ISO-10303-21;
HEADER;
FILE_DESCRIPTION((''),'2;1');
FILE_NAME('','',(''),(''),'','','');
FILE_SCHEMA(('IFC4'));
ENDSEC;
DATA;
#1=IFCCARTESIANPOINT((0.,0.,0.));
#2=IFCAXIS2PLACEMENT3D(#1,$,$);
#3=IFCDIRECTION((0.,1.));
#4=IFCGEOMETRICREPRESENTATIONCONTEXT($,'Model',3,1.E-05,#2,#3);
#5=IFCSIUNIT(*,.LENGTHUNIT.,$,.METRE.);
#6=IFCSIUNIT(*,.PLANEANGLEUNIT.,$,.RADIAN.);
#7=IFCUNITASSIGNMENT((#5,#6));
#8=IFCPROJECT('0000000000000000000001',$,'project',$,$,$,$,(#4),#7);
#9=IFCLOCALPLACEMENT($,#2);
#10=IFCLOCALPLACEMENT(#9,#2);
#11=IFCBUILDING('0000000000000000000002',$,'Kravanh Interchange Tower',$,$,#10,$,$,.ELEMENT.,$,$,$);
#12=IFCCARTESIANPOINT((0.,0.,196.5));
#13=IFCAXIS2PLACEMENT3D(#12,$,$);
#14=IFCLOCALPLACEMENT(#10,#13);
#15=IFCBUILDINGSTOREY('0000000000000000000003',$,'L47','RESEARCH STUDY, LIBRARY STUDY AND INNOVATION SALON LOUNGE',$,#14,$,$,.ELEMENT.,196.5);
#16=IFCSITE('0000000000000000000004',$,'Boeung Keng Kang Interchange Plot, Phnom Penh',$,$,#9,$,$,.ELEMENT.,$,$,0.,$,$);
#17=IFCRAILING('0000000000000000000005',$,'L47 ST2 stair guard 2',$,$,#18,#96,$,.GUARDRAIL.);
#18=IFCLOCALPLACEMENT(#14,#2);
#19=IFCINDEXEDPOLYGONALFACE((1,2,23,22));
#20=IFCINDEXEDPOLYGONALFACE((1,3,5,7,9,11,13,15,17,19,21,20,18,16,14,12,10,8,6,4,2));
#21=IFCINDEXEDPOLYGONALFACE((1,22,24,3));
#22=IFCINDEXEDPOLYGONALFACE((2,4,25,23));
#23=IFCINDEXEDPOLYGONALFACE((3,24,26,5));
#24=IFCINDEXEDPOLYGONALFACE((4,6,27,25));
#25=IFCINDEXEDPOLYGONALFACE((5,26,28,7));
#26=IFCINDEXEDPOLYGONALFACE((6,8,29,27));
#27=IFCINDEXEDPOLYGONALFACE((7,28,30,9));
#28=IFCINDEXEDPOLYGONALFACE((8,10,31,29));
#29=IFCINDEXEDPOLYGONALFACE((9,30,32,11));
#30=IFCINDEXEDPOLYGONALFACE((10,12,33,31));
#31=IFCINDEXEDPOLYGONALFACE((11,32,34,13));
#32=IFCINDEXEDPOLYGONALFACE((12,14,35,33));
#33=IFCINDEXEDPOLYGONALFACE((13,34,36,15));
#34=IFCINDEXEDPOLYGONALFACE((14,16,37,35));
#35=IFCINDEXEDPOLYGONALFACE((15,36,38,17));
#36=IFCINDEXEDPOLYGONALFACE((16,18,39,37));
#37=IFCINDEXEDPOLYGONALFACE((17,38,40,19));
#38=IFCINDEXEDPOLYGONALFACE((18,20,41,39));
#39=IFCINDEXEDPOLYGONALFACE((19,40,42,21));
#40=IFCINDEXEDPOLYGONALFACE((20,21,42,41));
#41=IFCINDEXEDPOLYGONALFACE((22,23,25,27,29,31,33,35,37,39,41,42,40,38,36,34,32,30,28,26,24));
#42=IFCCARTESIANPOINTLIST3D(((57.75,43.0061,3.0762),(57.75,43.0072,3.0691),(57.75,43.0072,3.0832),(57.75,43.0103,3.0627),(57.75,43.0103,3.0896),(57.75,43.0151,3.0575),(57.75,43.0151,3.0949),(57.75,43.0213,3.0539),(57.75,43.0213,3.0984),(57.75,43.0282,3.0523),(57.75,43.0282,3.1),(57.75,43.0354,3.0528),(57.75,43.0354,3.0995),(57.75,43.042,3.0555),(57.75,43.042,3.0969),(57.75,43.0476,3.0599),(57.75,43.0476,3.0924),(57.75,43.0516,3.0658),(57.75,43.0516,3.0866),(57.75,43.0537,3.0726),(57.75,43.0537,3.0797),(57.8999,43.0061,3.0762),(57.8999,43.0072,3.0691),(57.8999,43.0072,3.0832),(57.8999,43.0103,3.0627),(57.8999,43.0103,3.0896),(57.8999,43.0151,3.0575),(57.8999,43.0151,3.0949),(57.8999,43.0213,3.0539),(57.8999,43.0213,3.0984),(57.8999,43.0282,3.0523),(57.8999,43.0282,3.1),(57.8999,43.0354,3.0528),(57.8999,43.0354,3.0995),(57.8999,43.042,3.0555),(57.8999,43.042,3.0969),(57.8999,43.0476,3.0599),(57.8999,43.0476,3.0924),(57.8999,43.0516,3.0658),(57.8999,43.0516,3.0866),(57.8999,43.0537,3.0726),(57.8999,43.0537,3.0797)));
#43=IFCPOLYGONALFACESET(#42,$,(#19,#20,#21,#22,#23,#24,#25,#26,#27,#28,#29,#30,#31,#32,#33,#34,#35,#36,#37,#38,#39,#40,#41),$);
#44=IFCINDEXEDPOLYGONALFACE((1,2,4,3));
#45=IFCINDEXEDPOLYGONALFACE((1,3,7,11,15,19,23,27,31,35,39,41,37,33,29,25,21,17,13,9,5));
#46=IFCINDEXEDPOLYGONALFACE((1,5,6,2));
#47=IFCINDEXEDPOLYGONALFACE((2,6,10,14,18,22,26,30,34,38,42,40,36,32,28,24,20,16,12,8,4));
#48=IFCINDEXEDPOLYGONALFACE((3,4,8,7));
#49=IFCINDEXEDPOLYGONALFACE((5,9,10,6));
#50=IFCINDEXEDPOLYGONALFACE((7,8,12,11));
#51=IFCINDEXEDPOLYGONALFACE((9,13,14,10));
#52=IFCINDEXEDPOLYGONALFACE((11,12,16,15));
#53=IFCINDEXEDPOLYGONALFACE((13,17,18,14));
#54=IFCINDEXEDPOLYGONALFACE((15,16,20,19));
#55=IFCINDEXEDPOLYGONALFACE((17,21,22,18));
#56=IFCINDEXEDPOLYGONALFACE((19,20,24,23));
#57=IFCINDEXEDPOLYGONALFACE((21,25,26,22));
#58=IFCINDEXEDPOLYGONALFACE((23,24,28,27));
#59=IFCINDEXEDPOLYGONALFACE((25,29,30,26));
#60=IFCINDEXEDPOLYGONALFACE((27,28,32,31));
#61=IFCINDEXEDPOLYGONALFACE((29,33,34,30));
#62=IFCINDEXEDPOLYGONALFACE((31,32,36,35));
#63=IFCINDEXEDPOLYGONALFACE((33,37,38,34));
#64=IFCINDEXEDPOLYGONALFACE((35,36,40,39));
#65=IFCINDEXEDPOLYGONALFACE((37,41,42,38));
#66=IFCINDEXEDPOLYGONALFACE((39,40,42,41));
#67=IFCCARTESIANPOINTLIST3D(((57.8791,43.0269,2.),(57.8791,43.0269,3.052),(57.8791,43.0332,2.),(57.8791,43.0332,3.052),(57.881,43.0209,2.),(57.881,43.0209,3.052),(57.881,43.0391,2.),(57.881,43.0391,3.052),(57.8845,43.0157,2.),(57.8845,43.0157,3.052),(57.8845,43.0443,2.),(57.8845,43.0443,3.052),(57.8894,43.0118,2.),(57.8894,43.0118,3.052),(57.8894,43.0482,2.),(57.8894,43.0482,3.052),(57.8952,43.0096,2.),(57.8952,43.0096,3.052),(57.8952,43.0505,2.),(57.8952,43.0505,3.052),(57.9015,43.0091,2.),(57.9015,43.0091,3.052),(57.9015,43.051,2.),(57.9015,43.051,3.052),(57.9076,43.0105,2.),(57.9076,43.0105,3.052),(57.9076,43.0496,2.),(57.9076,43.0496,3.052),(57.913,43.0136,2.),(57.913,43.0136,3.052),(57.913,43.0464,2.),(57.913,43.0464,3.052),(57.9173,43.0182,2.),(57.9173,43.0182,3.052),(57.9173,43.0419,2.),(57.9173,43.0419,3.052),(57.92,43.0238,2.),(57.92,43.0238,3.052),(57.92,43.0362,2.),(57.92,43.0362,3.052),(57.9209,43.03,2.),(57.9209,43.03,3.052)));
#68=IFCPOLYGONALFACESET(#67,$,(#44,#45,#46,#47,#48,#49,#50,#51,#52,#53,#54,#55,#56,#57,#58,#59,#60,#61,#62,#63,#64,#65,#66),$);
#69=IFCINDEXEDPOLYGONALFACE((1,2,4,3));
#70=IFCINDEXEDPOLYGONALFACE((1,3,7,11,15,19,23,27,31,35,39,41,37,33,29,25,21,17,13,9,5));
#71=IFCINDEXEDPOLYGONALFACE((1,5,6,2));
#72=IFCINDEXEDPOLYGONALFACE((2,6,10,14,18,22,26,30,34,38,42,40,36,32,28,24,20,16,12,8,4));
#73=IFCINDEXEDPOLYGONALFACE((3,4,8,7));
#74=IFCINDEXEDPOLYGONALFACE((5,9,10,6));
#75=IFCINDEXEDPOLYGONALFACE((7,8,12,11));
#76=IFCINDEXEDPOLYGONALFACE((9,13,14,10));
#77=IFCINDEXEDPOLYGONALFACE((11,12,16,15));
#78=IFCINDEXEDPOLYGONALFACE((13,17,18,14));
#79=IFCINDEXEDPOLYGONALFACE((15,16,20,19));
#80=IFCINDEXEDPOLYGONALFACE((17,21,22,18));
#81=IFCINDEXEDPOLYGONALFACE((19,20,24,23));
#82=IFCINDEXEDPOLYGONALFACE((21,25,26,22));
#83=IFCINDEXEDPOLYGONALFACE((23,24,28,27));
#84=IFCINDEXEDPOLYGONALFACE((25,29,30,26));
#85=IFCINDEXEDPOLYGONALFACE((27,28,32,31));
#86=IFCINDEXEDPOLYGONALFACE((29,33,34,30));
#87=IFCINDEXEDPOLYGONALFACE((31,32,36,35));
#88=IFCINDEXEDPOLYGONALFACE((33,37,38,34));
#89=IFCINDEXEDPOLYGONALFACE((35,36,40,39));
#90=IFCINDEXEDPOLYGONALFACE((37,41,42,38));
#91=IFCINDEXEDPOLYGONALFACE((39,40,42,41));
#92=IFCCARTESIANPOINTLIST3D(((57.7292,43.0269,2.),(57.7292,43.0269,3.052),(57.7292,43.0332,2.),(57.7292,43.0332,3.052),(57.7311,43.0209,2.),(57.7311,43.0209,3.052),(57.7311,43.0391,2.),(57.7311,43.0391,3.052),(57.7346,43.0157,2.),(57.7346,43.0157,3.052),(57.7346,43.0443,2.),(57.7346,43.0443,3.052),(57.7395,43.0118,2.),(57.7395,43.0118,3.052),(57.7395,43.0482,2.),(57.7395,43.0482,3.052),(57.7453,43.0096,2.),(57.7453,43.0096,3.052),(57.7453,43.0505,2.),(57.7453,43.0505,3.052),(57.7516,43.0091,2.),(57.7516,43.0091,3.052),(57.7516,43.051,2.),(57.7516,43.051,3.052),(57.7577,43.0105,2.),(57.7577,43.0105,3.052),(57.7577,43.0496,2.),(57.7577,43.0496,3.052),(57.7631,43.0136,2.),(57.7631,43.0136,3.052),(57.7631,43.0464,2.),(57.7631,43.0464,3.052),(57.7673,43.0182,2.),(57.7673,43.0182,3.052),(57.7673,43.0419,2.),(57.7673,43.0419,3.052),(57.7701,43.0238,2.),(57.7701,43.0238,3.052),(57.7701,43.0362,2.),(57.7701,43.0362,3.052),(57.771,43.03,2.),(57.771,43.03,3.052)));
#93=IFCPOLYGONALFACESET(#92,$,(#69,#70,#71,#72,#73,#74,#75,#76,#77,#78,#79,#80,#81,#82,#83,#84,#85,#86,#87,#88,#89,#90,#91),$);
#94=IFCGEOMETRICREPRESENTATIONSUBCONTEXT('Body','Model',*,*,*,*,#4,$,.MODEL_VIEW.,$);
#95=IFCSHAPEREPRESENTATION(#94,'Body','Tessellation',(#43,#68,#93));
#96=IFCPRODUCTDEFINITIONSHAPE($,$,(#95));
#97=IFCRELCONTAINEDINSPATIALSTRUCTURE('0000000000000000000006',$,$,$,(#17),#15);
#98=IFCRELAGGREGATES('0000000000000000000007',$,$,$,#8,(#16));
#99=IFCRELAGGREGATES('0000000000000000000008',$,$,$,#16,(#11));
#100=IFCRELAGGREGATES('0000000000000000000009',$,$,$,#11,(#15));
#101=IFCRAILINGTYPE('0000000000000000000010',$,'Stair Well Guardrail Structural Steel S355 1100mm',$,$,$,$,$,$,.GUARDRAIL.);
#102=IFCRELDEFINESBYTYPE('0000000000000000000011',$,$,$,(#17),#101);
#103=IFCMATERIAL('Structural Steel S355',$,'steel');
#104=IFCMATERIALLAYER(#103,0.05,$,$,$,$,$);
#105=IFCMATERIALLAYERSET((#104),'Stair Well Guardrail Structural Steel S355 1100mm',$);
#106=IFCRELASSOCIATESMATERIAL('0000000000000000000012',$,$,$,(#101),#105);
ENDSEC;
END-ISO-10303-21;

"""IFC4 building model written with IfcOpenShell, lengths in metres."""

from ifc_helpers import new_model, si_unit, direction, frame, origin, origin_2d, place, context, subcontext, project, spatial, circle, extrude, material, layer, layer_set, type_object, element, save


model = new_model("IFC4")

# Units and contexts
model_context = context("Model", 3, precision=1e-05, world=origin(), true_north=direction((0.0, 1.0)))
body_context = subcontext(model_context, "Body", "Model", "MODEL_VIEW")
ifc_project = project(units=[si_unit("LENGTHUNIT", "METRE"), si_unit("PLANEANGLEUNIT", "RADIAN")], contexts=[model_context])

# Site, building, storey
site_placement = place(None, origin())
site = spatial("IfcSite", under=ifc_project, at=site_placement, Name="Boeung Keng Kang Interchange Plot, Phnom Penh", CompositionType="ELEMENT", RefElevation=0.0)
building_placement = place(site_placement, origin())
building = spatial("IfcBuilding", under=site, at=building_placement, Name="Kravanh Interchange Tower", CompositionType="ELEMENT")
storey_placement = place(building_placement, frame((0.0, 0.0, 196.5)))
storey = spatial("IfcBuildingStorey", under=building, at=storey_placement, Name="L47", Description="RESEARCH STUDY, LIBRARY STUDY AND INNOVATION SALON LOUNGE", CompositionType="ELEMENT", Elevation=196.5)

# Railing
ifc_material_1 = material(Name="Structural Steel S355", Category="steel")
ifc_layer_1 = layer(ifc_material_1, 0.05)
ifc_layer_set_1 = layer_set([ifc_layer_1], Name="Stair Well Guardrail Structural Steel S355 1100mm")
railing_type_1 = type_object("IfcRailingType", Name="Stair Well Guardrail Structural Steel S355 1100mm", PredefinedType="GUARDRAIL", material=ifc_layer_set_1)
railing_1_placement = place(storey_placement, frame((57.8999, 43.03, 2.0)))
element("IfcRailing", 1, at=railing_1_placement, inside=storey, type_object=railing_type_1, Name="L47 ST2 stair guard 2", PredefinedType="GUARDRAIL", context=body_context, shape_type="SweptSolid", body=[
    extrude(circle(Radius=0.0239, at=origin_2d()), frame((0.0, 0.0, 1.0762), z_axis=(-1.0, 0.0, 0.0), x_axis=(0.0, -1.0, 0.0)), (0.0, 0.0, 1.0), 0.1499),
    extrude(circle(Radius=0.021, at=origin_2d()), origin(), (0.0, 0.0, 1.0), 1.052),
    extrude(circle(Radius=0.021, at=origin_2d()), frame((-0.1499, 0.0, 0.0)), (0.0, 0.0, 1.0), 1.052),
])

save(model, "model.ifc")
